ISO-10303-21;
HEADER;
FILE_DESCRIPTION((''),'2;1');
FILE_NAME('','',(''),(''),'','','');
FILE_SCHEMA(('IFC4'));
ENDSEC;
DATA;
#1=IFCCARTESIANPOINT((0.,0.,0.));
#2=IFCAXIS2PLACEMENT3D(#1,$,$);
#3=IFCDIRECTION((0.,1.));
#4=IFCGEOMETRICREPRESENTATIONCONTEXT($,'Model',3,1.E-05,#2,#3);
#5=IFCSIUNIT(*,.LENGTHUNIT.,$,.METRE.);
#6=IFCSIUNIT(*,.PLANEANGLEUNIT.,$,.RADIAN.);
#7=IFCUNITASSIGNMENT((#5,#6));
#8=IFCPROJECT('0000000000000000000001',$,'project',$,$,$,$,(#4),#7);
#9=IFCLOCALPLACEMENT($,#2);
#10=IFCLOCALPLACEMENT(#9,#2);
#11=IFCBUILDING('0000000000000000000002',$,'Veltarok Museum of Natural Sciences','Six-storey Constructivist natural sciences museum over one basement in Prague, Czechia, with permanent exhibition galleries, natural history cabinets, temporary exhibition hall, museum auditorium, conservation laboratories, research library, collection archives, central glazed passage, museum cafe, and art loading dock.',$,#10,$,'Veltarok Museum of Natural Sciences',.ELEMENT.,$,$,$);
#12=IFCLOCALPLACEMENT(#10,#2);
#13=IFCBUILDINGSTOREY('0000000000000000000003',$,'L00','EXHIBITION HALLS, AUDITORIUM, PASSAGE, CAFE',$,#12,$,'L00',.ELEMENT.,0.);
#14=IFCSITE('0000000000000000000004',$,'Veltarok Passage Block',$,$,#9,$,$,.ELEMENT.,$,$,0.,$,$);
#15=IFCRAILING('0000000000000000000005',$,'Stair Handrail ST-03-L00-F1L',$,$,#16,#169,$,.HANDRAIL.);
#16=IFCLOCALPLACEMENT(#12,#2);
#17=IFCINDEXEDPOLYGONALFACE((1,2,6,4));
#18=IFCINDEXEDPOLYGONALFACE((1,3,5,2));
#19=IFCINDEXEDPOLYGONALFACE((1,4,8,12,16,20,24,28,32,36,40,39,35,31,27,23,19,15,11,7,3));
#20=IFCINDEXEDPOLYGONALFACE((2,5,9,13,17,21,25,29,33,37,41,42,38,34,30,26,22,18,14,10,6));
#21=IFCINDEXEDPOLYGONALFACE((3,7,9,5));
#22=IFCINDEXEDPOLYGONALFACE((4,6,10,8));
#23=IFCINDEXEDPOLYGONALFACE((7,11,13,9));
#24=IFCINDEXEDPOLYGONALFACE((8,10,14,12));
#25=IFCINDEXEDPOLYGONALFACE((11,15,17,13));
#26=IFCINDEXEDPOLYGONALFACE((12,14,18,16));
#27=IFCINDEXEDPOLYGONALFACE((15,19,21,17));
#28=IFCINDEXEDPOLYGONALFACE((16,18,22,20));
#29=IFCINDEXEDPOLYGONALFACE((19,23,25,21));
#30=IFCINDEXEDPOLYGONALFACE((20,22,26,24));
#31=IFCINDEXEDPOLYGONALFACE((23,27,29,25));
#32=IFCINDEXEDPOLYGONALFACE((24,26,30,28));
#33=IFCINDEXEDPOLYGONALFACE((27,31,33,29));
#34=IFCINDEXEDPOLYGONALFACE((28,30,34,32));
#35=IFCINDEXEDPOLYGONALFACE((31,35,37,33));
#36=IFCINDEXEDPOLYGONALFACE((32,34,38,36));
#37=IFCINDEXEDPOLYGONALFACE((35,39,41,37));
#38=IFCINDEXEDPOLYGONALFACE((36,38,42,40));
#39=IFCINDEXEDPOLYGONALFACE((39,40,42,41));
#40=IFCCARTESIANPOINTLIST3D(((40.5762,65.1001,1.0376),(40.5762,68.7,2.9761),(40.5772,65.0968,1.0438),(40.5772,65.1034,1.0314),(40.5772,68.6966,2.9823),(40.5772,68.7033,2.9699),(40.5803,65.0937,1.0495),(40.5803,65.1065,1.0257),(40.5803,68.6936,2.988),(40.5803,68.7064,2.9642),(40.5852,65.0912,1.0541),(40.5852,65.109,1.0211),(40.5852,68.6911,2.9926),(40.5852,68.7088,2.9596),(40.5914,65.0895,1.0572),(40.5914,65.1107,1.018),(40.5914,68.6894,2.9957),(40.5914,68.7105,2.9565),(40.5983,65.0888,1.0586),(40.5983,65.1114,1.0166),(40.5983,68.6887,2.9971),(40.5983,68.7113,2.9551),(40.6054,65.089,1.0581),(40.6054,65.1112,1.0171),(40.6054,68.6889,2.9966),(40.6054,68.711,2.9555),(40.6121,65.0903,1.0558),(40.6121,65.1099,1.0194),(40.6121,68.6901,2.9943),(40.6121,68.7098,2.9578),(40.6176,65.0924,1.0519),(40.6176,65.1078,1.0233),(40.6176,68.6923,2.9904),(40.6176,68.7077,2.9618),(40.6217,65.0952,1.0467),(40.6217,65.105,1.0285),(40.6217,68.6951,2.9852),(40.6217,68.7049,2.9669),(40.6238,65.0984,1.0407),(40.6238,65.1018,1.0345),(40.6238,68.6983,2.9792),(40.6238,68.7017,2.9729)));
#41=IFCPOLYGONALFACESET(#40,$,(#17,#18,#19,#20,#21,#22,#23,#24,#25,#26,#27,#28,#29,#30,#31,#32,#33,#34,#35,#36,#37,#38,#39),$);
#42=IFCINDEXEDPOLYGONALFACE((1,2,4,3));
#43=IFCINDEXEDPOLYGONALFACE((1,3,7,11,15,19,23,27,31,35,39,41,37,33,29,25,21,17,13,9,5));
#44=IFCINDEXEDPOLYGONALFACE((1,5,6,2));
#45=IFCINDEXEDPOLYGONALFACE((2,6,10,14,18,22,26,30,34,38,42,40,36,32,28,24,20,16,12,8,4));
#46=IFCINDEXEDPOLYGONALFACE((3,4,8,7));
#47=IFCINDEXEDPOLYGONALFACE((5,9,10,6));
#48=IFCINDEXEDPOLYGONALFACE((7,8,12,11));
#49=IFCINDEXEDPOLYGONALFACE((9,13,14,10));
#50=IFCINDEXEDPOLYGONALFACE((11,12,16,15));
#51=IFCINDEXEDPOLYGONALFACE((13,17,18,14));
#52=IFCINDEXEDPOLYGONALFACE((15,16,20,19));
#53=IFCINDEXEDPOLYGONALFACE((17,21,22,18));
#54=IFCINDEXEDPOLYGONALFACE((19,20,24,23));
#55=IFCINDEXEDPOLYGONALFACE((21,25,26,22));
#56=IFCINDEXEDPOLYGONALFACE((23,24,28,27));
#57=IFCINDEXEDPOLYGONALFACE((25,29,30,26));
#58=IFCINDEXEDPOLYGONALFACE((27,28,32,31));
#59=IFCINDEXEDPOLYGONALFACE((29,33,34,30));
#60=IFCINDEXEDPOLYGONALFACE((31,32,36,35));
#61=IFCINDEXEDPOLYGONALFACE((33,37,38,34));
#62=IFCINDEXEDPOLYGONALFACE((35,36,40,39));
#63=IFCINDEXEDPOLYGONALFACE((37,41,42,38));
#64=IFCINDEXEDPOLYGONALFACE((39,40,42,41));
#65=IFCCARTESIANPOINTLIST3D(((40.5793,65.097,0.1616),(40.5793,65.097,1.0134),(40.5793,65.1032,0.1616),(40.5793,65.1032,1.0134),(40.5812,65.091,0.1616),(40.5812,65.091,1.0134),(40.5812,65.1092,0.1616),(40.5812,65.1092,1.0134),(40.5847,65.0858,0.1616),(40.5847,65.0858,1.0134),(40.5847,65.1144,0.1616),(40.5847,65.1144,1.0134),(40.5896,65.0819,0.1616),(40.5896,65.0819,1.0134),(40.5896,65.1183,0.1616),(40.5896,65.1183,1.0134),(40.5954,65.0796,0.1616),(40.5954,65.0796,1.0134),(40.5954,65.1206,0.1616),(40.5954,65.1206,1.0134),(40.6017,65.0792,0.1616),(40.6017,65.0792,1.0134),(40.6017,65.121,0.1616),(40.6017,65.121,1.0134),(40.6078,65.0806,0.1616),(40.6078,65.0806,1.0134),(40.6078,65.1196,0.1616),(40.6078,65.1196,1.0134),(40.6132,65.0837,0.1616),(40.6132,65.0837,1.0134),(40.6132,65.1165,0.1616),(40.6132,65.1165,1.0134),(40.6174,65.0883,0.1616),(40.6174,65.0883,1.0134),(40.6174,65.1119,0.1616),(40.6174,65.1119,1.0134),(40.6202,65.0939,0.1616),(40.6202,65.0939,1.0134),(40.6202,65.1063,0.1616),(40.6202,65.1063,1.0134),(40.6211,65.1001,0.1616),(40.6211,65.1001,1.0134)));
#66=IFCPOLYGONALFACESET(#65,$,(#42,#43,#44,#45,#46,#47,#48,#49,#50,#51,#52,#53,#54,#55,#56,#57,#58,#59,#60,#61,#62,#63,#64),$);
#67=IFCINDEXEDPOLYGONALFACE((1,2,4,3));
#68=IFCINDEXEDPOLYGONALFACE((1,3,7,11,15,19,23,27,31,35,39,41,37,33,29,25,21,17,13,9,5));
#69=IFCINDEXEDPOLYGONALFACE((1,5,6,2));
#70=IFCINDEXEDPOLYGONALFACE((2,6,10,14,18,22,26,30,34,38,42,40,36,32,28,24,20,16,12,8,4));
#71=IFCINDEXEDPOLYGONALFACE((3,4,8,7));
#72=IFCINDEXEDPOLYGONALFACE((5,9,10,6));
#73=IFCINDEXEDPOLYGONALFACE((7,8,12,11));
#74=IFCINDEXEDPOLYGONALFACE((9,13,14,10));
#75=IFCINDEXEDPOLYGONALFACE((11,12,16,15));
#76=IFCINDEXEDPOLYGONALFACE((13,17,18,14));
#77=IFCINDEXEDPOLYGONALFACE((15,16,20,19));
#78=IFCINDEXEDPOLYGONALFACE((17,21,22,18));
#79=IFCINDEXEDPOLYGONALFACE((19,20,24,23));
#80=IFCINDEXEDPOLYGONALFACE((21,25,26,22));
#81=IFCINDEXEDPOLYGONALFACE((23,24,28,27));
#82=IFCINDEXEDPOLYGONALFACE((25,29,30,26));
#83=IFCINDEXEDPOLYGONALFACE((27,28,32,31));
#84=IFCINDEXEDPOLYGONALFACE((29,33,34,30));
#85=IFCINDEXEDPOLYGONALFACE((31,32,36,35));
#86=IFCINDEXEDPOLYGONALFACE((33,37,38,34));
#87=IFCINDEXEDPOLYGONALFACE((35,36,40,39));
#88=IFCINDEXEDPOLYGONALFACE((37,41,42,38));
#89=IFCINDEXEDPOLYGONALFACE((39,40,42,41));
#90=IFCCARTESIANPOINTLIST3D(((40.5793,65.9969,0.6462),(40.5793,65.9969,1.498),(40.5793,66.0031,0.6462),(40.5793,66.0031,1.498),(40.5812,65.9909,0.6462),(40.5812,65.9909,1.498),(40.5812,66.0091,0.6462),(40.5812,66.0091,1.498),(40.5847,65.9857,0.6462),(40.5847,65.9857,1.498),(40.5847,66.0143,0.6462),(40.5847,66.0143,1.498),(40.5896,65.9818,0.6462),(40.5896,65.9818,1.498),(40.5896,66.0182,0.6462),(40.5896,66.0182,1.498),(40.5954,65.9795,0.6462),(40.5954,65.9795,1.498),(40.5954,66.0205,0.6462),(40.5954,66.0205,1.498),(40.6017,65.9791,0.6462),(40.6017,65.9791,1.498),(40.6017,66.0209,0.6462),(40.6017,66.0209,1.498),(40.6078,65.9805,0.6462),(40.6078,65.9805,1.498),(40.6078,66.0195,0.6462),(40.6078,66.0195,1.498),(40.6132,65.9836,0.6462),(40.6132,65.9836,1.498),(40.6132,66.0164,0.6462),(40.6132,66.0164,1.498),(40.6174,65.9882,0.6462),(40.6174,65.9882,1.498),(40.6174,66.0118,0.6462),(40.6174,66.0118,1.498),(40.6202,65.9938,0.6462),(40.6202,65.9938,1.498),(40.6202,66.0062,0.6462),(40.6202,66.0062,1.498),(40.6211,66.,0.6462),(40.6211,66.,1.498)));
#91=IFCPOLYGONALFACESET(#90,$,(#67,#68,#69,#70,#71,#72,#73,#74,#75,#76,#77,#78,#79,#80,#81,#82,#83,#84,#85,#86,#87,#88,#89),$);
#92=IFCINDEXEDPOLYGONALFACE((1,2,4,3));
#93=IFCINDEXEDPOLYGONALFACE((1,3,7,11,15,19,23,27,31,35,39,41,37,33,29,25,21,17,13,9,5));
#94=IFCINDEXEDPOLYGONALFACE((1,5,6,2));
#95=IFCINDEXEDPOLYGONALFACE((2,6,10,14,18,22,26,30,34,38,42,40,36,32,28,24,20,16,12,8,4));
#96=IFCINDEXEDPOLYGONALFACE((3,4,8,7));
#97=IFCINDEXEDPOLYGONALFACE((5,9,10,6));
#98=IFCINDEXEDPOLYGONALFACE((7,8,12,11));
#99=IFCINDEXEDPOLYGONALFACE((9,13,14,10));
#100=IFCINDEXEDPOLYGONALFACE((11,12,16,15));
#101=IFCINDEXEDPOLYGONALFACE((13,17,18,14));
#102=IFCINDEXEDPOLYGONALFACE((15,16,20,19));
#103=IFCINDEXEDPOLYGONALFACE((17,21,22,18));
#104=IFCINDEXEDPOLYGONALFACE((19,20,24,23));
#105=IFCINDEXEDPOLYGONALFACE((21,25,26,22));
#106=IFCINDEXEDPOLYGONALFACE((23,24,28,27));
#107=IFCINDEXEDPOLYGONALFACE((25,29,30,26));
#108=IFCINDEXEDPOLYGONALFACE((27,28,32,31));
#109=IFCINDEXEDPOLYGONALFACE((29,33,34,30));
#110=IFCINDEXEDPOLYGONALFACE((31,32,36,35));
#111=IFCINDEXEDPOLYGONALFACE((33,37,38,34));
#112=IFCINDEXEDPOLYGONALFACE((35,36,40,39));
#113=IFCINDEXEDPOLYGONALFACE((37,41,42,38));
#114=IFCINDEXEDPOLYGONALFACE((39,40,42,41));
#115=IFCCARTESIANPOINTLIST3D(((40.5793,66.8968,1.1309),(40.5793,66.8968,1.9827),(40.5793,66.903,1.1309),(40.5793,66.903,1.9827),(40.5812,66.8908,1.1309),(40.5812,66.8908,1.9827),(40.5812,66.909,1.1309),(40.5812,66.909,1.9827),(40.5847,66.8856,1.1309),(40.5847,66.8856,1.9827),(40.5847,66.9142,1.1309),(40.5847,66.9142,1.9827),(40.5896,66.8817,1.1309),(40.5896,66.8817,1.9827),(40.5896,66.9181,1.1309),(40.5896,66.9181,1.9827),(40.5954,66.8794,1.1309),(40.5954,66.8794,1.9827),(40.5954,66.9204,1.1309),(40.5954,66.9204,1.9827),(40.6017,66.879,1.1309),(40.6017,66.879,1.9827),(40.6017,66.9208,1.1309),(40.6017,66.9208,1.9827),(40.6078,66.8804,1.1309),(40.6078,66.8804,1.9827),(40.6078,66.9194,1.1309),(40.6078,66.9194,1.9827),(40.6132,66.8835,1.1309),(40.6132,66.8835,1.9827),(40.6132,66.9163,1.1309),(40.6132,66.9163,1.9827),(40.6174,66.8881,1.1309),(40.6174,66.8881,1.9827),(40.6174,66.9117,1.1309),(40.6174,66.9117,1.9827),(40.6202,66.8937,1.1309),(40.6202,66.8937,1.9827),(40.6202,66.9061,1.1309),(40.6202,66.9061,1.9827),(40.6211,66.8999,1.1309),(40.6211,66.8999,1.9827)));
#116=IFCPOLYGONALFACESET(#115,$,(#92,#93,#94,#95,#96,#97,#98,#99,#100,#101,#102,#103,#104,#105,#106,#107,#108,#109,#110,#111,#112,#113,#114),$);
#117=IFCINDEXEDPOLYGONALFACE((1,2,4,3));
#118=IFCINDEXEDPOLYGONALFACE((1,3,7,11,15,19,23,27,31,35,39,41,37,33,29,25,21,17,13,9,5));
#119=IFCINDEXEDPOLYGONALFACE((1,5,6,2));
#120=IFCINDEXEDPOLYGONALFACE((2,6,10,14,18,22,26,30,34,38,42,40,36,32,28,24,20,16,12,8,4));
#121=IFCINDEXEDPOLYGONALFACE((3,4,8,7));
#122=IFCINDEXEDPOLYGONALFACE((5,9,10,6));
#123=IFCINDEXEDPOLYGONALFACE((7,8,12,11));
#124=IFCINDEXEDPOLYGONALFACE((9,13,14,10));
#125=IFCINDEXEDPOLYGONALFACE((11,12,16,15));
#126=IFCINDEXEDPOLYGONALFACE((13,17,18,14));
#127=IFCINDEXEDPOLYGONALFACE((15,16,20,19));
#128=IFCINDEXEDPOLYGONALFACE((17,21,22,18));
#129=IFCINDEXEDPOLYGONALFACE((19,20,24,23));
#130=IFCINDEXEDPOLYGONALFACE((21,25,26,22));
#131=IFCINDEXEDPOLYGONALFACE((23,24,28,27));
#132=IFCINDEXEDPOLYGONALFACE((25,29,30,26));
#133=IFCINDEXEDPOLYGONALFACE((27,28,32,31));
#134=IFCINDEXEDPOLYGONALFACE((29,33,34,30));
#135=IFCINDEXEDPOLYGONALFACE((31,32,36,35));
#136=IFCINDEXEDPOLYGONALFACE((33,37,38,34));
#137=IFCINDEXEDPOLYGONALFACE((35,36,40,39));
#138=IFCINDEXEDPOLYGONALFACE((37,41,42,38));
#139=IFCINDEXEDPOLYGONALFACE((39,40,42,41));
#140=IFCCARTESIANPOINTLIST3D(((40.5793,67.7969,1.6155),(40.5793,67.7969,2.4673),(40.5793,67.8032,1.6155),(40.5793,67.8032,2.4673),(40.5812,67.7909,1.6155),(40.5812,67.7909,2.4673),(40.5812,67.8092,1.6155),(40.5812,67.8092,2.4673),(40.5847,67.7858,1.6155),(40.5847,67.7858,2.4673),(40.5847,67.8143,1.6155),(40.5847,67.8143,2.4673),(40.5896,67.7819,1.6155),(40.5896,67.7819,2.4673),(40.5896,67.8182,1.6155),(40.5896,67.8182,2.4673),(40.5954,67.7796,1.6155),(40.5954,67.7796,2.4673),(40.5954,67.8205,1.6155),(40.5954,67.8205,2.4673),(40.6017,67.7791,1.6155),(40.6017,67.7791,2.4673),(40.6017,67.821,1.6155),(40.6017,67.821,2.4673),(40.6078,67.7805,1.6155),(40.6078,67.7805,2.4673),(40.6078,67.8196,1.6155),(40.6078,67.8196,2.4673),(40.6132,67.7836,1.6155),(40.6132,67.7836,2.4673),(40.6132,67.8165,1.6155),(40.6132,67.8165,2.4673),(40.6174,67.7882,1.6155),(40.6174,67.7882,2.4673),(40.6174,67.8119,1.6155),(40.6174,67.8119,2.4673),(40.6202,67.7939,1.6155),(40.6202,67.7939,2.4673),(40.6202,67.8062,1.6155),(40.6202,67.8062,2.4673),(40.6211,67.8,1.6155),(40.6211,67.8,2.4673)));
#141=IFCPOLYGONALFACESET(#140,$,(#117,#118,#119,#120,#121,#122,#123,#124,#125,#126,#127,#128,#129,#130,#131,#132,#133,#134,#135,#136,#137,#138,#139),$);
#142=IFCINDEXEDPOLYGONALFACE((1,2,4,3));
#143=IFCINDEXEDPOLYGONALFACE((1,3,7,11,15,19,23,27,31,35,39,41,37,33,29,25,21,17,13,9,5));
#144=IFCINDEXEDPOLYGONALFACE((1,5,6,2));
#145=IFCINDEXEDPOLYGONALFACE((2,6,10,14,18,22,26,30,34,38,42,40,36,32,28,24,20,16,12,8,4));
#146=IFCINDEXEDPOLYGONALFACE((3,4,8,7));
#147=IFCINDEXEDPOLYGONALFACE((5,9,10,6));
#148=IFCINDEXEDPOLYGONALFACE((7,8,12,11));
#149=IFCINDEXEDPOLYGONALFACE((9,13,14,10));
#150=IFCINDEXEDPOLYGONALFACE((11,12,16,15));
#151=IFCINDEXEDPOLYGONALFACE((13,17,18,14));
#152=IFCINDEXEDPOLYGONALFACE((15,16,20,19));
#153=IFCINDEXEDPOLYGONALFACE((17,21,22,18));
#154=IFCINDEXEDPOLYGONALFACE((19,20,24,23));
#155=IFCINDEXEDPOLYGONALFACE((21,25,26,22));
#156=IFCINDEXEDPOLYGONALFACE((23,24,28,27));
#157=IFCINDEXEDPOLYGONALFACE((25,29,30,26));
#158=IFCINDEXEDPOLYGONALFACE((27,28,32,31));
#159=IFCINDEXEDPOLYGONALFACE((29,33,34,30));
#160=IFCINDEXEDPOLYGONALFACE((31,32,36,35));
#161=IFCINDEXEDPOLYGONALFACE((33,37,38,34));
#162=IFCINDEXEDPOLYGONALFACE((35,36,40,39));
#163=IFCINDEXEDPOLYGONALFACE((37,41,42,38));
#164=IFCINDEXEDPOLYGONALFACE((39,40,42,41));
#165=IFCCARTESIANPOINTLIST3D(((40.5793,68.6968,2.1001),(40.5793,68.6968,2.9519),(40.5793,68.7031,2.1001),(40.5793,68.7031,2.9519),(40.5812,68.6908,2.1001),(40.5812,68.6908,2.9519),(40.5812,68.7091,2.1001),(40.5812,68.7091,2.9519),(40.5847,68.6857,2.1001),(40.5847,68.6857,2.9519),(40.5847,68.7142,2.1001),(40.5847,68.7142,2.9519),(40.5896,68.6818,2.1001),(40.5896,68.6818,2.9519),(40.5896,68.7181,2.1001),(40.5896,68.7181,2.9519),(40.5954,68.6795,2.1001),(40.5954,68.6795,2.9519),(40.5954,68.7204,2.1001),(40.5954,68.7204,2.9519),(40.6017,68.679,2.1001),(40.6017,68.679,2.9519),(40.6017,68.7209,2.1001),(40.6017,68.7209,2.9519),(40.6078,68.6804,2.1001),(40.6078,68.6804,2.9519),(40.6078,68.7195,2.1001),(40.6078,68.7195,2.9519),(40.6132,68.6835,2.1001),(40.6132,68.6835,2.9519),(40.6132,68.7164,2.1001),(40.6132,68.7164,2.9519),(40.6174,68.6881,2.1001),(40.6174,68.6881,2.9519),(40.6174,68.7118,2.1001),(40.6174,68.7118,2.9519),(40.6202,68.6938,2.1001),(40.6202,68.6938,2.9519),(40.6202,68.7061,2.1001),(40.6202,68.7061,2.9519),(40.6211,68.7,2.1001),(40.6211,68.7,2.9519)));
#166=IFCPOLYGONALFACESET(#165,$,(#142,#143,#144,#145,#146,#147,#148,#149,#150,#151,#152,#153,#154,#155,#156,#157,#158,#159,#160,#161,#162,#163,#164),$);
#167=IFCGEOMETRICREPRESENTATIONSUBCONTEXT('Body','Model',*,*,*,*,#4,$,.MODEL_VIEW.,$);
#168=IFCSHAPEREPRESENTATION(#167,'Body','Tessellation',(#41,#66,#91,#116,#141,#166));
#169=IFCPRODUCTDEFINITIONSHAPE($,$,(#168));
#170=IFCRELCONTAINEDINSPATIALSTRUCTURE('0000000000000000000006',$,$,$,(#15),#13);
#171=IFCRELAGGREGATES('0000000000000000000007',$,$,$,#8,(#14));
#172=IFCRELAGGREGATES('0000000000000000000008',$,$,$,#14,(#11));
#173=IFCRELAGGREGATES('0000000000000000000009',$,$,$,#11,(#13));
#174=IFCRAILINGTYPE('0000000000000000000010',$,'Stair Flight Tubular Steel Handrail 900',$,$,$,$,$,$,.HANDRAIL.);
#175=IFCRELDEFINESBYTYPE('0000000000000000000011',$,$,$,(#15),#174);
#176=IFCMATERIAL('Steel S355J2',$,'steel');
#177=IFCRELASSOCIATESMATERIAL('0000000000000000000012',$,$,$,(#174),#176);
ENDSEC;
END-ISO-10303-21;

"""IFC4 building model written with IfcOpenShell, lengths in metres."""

from ifc_helpers import new_model, si_unit, direction, frame, origin, origin_2d, place, context, subcontext, project, spatial, circle, extrude, material, type_object, element, save


model = new_model("IFC4")

# Units and contexts
model_context = context("Model", 3, precision=1e-05, world=origin(), true_north=direction((0.0, 1.0)))
body_context = subcontext(model_context, "Body", "Model", "MODEL_VIEW")
ifc_project = project(units=[si_unit("LENGTHUNIT", "METRE"), si_unit("PLANEANGLEUNIT", "RADIAN")], contexts=[model_context])

# Site, building, storey
site_placement = place(None, origin())
site = spatial("IfcSite", under=ifc_project, at=site_placement, Name="Veltarok Passage Block", CompositionType="ELEMENT", RefElevation=0.0)
building_placement = place(site_placement, origin())
building = spatial("IfcBuilding", under=site, at=building_placement, Name="Veltarok Museum of Natural Sciences", Description="Six-storey Constructivist natural sciences museum over one basement in Prague, Czechia, with permanent exhibition galleries, natural history cabinets, temporary exhibition hall, museum auditorium, conservation laboratories, research library, collection archives, central glazed passage, museum cafe, and art loading dock.", LongName="Veltarok Museum of Natural Sciences", CompositionType="ELEMENT")
storey_placement = place(building_placement, origin())
storey = spatial("IfcBuildingStorey", under=building, at=storey_placement, Name="L00", Description="EXHIBITION HALLS, AUDITORIUM, PASSAGE, CAFE", LongName="L00", CompositionType="ELEMENT", Elevation=0.0)

# Shared definitions
ifc_material_1 = material(Name="Steel S355J2", Category="steel")

# Railing
railing_type_1 = type_object("IfcRailingType", Name="Stair Flight Tubular Steel Handrail 900", PredefinedType="HANDRAIL", material=ifc_material_1)
for number, where, name in (
    (1, (40.6001, 65.1001, 0.1616), "Stair Handrail ST-03-L00-F1L"),
):
    element("IfcRailing", number, at=place(storey_placement, frame(where)), inside=storey, type_object=railing_type_1, Name=name, PredefinedType="HANDRAIL", context=body_context, shape_type="SweptSolid", body=[
        extrude(circle(Radius=0.0239, at=origin_2d()), frame((0.0, 0.0, 0.876), z_axis=(0.0, 0.880462, 0.474118), x_axis=(-1.0, 0.0, 0.0)), (0.0, 0.0, 1.0), 4.0886),
        extrude(circle(Radius=0.021, at=origin_2d()), origin(), (0.0, 0.0, 1.0), 0.8518),
        extrude(circle(Radius=0.021, at=origin_2d()), frame((0.0, 0.8999, 0.4846)), (0.0, 0.0, 1.0), 0.8518),
        extrude(circle(Radius=0.021, at=origin_2d()), frame((0.0, 1.7998, 0.9692)), (0.0, 0.0, 1.0), 0.8518),
        extrude(circle(Radius=0.021, at=origin_2d()), frame((0.0, 2.7, 1.4539)), (0.0, 0.0, 1.0), 0.8518),
        extrude(circle(Radius=0.021, at=origin_2d()), frame((0.0, 3.5999, 1.9385)), (0.0, 0.0, 1.0), 0.8518),
    ])

save(model, "model.ifc")
